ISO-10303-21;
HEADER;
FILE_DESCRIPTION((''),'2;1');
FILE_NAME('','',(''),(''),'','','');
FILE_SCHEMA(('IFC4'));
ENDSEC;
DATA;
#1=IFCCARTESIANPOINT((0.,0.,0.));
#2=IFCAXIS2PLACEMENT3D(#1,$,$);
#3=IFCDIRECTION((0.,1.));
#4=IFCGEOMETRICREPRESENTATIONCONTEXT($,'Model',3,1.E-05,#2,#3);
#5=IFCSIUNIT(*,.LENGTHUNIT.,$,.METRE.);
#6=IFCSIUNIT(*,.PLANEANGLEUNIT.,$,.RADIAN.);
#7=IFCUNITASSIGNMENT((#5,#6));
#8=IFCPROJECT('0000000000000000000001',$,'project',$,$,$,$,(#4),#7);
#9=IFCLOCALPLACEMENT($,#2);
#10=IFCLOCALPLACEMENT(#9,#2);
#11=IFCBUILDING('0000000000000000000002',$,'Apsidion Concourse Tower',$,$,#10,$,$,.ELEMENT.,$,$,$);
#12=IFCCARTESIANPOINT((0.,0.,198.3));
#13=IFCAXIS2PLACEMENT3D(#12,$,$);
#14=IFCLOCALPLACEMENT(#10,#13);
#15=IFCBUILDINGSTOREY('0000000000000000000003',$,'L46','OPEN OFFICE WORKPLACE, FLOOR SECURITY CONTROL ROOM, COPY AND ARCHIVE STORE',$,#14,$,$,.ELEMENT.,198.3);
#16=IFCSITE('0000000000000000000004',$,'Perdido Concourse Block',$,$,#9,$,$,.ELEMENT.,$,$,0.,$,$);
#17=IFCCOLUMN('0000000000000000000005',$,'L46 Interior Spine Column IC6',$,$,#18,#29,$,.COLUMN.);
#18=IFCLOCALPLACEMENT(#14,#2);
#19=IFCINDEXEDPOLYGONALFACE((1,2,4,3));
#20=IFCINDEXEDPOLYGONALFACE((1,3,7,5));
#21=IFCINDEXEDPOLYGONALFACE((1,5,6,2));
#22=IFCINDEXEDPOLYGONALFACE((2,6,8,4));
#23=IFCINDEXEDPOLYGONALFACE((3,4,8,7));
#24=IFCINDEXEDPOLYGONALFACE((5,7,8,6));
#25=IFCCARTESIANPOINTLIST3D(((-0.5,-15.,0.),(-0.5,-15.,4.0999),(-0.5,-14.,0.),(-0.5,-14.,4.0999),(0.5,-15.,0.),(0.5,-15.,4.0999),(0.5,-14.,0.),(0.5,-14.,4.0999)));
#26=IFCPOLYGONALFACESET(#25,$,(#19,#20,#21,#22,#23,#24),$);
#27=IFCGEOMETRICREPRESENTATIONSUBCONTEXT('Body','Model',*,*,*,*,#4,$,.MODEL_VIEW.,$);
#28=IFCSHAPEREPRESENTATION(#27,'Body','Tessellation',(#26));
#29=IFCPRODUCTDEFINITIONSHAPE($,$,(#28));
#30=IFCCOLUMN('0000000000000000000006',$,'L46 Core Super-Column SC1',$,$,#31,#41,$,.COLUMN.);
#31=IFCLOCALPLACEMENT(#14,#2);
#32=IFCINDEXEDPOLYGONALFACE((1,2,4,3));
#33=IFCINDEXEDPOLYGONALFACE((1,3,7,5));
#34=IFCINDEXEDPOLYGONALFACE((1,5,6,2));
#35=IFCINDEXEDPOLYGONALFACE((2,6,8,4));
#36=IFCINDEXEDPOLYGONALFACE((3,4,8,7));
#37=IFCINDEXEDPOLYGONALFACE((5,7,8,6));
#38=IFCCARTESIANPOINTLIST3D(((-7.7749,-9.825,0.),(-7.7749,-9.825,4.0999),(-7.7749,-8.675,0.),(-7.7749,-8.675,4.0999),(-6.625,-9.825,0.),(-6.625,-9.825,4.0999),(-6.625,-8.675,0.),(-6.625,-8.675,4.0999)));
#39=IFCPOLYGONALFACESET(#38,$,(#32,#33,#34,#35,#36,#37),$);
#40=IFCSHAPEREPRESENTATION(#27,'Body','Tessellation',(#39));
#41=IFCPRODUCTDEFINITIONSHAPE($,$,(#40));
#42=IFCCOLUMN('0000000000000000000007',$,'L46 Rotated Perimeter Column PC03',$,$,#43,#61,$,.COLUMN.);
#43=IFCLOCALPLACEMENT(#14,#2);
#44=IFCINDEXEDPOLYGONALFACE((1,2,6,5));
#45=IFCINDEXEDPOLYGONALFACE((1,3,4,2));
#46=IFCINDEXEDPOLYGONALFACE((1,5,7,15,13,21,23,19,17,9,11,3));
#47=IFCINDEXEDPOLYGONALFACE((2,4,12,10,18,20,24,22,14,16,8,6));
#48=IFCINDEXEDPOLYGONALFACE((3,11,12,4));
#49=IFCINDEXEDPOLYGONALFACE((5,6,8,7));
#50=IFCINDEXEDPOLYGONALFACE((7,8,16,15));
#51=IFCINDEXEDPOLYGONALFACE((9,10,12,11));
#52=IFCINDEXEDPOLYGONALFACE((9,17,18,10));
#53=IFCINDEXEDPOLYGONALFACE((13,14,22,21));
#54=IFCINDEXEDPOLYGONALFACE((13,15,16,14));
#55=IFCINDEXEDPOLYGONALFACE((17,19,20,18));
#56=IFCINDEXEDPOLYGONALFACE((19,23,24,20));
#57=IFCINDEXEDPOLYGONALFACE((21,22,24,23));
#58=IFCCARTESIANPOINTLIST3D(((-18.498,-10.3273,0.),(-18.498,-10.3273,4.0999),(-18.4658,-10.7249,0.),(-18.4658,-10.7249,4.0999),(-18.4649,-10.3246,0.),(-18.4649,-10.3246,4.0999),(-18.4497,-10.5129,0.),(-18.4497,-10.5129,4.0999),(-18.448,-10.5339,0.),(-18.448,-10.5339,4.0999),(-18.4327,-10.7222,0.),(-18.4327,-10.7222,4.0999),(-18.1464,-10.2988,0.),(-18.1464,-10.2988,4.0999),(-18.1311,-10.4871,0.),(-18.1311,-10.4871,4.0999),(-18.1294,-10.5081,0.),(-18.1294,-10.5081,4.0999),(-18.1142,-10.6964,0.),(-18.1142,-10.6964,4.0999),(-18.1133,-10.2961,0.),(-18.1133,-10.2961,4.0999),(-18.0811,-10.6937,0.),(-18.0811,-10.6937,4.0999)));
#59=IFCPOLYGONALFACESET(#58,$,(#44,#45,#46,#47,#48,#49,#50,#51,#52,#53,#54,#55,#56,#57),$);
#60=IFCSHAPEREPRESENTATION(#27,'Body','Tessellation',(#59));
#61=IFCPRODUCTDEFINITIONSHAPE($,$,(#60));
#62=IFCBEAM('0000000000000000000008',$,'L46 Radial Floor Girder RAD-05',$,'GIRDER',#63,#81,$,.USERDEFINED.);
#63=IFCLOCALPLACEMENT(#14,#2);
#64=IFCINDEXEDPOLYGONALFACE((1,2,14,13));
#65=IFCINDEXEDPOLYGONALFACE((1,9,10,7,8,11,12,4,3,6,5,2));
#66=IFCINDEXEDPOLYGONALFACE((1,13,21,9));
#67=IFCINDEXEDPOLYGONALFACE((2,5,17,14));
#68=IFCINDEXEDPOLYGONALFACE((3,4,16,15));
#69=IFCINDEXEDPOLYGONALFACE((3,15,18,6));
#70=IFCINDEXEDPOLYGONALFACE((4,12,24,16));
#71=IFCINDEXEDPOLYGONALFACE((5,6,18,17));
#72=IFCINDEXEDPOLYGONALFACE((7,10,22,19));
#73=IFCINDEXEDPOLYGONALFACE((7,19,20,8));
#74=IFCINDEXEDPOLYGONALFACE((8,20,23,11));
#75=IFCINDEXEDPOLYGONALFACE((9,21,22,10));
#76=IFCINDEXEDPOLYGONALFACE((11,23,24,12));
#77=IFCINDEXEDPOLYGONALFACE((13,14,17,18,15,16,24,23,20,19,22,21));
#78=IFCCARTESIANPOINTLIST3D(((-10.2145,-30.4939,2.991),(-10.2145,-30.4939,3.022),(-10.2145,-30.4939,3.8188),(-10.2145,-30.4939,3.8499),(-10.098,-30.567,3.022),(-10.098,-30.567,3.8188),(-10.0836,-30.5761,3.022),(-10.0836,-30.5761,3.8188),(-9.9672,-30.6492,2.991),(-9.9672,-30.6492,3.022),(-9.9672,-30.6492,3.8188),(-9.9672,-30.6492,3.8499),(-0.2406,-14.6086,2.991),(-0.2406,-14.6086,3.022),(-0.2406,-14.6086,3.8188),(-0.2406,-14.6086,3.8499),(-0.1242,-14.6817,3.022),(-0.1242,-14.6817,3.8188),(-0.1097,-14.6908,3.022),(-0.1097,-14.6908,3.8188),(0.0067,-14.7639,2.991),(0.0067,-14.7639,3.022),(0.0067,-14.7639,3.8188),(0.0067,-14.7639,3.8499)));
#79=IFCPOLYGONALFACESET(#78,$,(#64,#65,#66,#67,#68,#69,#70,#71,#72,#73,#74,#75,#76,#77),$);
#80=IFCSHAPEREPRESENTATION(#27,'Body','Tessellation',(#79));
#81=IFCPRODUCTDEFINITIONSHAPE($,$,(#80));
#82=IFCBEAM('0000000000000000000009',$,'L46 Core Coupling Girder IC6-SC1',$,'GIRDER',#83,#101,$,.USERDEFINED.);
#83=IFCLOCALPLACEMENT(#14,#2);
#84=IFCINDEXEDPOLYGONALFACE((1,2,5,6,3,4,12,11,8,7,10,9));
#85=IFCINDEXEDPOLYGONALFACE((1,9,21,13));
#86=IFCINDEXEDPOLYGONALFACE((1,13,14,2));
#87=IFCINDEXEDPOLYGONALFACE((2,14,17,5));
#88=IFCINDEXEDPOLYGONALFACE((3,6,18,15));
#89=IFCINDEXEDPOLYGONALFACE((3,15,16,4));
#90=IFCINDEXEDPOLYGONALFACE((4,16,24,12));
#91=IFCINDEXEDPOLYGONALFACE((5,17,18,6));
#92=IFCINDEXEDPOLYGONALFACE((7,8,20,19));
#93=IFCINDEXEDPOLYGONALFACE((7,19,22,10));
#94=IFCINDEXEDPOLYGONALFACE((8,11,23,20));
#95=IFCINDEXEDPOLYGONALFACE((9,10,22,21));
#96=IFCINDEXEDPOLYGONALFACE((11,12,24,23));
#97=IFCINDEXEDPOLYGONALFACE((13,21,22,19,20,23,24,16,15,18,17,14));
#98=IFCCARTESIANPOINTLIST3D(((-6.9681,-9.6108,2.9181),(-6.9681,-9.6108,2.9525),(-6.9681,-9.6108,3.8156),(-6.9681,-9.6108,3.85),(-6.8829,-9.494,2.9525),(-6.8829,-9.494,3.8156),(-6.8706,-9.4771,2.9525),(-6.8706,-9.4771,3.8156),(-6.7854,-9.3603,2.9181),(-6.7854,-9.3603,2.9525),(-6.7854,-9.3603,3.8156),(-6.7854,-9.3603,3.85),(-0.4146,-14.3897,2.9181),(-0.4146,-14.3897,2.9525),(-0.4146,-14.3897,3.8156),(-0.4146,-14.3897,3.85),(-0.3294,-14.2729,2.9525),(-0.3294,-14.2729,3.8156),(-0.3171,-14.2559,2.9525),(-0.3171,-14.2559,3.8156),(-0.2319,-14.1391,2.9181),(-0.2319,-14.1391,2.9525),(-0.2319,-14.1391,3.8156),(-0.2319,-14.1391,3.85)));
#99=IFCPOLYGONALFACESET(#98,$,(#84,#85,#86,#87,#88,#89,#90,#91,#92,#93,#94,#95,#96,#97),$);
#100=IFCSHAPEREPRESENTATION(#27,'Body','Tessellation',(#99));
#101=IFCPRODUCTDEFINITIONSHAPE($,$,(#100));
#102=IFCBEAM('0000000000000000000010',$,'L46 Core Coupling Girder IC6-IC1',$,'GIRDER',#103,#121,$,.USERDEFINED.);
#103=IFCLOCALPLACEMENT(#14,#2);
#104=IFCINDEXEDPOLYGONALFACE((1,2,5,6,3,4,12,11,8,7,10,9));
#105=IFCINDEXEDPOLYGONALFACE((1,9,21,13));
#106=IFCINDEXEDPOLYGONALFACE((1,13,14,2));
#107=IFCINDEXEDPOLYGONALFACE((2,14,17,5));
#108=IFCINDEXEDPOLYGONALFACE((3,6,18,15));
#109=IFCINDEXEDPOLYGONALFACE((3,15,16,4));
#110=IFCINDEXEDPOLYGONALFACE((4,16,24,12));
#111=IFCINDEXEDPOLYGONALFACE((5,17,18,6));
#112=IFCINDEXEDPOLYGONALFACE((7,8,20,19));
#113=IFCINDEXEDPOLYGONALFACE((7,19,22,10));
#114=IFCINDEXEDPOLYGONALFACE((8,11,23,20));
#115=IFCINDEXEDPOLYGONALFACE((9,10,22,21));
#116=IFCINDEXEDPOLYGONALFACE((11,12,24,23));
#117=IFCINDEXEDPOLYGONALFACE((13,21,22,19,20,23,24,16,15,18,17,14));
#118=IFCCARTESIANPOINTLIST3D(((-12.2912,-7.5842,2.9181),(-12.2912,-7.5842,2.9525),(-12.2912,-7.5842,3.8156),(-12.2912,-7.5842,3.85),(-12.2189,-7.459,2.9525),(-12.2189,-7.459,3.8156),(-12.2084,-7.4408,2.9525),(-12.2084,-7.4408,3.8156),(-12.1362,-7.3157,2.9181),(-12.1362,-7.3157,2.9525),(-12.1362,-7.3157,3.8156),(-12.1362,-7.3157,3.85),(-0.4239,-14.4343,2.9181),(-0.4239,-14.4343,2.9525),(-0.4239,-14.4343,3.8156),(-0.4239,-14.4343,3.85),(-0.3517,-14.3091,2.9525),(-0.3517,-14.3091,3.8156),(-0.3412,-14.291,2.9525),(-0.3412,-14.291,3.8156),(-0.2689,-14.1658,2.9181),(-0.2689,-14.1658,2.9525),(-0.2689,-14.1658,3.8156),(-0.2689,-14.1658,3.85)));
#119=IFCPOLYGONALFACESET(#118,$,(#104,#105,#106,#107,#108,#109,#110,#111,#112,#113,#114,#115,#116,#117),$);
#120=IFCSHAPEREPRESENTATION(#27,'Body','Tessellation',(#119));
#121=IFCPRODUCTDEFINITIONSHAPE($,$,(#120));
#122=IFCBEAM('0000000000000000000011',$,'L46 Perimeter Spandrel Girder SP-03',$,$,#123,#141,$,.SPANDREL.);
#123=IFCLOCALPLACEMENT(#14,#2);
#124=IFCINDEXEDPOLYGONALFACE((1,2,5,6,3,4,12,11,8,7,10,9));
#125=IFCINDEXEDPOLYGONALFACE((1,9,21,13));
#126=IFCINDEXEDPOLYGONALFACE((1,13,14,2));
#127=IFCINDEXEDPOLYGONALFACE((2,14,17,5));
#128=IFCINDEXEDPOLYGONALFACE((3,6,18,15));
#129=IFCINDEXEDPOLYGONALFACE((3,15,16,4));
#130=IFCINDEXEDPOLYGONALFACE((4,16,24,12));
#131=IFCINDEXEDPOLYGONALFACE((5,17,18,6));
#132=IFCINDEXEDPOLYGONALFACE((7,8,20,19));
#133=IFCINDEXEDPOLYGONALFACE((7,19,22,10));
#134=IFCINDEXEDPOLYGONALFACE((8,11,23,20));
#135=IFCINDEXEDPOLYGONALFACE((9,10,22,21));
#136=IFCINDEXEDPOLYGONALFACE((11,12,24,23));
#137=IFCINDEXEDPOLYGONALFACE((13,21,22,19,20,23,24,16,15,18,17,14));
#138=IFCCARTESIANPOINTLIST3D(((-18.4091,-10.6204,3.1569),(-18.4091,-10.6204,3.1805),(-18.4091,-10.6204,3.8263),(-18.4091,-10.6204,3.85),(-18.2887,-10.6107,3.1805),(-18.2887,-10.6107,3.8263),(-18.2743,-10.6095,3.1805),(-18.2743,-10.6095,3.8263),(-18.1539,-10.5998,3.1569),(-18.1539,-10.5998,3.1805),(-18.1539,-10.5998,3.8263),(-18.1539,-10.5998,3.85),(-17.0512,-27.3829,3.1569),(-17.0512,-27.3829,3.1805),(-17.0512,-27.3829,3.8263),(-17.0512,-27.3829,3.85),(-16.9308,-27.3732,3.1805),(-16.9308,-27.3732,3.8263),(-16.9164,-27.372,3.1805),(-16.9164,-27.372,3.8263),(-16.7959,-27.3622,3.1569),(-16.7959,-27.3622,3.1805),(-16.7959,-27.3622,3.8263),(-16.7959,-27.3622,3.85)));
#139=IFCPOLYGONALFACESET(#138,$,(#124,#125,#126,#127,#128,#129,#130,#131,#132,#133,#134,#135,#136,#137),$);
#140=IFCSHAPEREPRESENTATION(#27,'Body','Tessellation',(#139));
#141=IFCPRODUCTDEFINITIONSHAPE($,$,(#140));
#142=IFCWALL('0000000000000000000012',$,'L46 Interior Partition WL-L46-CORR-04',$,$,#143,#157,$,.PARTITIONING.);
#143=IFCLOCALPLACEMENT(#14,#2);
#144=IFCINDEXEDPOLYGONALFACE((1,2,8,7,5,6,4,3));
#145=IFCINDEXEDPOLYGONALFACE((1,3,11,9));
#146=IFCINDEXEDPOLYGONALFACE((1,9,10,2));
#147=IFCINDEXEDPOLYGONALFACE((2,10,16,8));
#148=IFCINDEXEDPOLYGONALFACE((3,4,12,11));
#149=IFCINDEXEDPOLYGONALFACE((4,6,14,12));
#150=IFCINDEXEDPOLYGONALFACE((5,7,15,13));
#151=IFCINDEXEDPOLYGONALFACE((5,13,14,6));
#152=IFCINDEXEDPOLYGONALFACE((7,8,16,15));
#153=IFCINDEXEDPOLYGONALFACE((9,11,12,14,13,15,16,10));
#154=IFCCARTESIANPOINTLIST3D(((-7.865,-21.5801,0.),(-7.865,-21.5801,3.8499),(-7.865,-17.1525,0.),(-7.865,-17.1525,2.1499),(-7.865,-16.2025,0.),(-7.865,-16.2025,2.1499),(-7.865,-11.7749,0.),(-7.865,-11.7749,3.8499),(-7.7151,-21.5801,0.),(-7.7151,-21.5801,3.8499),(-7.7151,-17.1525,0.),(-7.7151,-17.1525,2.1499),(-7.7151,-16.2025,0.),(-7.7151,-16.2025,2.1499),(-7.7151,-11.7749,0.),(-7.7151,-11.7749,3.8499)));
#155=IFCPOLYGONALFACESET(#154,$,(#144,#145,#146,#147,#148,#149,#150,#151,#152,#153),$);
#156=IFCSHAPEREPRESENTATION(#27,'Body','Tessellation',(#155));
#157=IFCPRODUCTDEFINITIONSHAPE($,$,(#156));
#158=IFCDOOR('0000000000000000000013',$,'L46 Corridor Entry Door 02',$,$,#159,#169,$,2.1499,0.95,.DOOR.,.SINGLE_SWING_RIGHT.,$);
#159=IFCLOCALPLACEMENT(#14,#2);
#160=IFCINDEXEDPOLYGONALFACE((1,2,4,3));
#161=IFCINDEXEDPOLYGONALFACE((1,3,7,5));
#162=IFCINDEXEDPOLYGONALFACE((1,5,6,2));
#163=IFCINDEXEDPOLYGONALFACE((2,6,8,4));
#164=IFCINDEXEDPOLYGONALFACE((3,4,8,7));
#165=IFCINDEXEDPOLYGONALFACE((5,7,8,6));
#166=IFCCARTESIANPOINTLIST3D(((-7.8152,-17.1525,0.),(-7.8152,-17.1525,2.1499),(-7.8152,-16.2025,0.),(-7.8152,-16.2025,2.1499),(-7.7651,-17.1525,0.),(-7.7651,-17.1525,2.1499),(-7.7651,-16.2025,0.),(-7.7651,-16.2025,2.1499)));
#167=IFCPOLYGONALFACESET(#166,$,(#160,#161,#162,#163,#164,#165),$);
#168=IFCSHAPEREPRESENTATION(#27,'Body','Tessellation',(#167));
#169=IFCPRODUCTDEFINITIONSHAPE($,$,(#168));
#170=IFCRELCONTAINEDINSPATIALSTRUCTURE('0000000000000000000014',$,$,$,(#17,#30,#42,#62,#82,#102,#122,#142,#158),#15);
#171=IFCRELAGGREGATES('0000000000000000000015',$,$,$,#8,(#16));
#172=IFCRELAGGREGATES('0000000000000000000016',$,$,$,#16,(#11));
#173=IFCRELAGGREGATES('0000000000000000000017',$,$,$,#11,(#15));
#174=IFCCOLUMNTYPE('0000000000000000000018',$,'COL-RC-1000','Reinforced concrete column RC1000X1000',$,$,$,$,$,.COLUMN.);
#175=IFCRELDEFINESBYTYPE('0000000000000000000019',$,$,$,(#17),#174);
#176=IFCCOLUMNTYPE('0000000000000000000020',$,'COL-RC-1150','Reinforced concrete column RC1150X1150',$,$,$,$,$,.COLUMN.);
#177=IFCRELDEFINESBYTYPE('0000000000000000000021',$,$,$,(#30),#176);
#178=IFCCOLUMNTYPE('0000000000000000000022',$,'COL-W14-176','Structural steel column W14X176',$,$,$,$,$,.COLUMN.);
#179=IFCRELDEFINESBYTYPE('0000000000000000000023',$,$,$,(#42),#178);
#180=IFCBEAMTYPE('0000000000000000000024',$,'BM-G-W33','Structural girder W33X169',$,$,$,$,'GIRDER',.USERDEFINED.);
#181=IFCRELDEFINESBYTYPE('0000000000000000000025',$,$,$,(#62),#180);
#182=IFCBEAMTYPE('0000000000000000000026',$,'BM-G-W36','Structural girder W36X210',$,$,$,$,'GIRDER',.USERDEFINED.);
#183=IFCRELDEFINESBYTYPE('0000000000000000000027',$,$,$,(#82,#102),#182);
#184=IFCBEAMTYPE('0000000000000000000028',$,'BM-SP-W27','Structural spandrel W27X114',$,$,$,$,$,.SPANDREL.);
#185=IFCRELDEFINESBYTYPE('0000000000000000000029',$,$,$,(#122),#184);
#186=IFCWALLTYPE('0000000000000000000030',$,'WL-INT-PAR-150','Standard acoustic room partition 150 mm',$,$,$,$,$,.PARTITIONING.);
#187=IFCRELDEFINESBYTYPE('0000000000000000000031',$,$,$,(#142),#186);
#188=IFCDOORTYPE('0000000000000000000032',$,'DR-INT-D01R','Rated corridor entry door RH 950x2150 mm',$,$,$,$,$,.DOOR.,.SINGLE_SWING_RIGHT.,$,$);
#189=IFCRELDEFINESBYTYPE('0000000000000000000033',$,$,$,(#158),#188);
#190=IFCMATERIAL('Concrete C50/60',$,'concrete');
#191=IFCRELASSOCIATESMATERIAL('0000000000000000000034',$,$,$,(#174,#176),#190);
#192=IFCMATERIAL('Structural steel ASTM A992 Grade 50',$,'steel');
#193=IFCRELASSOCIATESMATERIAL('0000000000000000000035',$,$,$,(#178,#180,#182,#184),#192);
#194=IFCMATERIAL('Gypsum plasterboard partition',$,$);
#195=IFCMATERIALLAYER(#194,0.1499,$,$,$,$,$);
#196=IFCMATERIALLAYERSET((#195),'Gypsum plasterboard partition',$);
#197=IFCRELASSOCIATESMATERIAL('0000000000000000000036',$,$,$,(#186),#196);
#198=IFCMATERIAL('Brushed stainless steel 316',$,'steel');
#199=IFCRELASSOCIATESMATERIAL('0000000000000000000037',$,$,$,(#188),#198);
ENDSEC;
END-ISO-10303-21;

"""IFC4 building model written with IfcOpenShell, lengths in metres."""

from ifc_helpers import new_model, si_unit, direction, frame, frame_2d, origin, origin_2d, place, context, subcontext, project, spatial, rectangle, i_section, extrude, material, layer, layer_set, material_profile, profile_set, type_object, element, fill, save


model = new_model("IFC4")

# Units and contexts
model_context = context("Model", 3, precision=1e-05, world=origin(), true_north=direction((0.0, 1.0)))
body_context = subcontext(model_context, "Body", "Model", "MODEL_VIEW")
ifc_project = project(units=[si_unit("LENGTHUNIT", "METRE"), si_unit("PLANEANGLEUNIT", "RADIAN")], contexts=[model_context])

# Site, building, storey
site_placement = place(None, origin())
site = spatial("IfcSite", under=ifc_project, at=site_placement, Name="Perdido Concourse Block", CompositionType="ELEMENT", RefElevation=0.0)
building_placement = place(site_placement, origin())
building = spatial("IfcBuilding", under=site, at=building_placement, Name="Apsidion Concourse Tower", CompositionType="ELEMENT")
storey_placement = place(building_placement, frame((0.0, 0.0, 198.3)))
storey = spatial("IfcBuildingStorey", under=building, at=storey_placement, Name="L46", Description="OPEN OFFICE WORKPLACE, FLOOR SECURITY CONTROL ROOM, COPY AND ARCHIVE STORE", CompositionType="ELEMENT", Elevation=198.3)

# Columns
ifc_material_1 = material(Name="Concrete C50/60", Category="concrete")
ifc_material_profile_1 = material_profile(ifc_material_1, rectangle(XDim=1.0, YDim=1.0, at=origin_2d()), Name="RC 1000x1000")
ifc_profile_set_1 = profile_set([ifc_material_profile_1], Name="Concrete C50/60")
column_type_1 = type_object("IfcColumnType", Name="COL-RC-1000", Description="Reinforced concrete column RC1000X1000", PredefinedType="COLUMN", material=ifc_profile_set_1)
column_1_placement = place(storey_placement, frame((0.0, -14.5, 0.0), z_axis=(0.0, 0.0, 1.0), x_axis=(1.0, 0.0, 0.0)))
element("IfcColumn", 1, at=column_1_placement, inside=storey, type_object=column_type_1, Name="L46 Interior Spine Column IC6", PredefinedType="COLUMN", context=body_context, shape_type="SweptSolid", body=[
    extrude(rectangle(XDim=1.0, YDim=1.0, at=origin_2d()), origin(), (0.0, 0.0, 1.0), 4.0999),
])
ifc_material_profile_2 = material_profile(ifc_material_1, rectangle(XDim=1.1499, YDim=1.1499, at=origin_2d()), Name="RC 1150x1150")
ifc_profile_set_2 = profile_set([ifc_material_profile_2], Name="Concrete C50/60")
column_type_2 = type_object("IfcColumnType", Name="COL-RC-1150", Description="Reinforced concrete column RC1150X1150", PredefinedType="COLUMN", material=ifc_profile_set_2)
column_2_placement = place(storey_placement, frame((-7.2, -9.25, 0.0), z_axis=(0.0, 0.0, 1.0), x_axis=(1.0, 0.0, 0.0)))
element("IfcColumn", 2, at=column_2_placement, inside=storey, type_object=column_type_2, Name="L46 Core Super-Column SC1", PredefinedType="COLUMN", context=body_context, shape_type="SweptSolid", body=[
    extrude(rectangle(XDim=1.1499, YDim=1.1499, at=origin_2d()), origin(), (0.0, 0.0, 1.0), 4.0999),
])
ifc_material_2 = material(Name="Structural steel ASTM A992 Grade 50", Category="steel")
ifc_material_profile_3 = material_profile(ifc_material_2, i_section(OverallWidth=0.3989, OverallDepth=0.386, WebThickness=0.021, FlangeThickness=0.0332, at=origin_2d()), Name="W14X176")
ifc_profile_set_3 = profile_set([ifc_material_profile_3], Name="Structural steel ASTM A992 Grade 50")
column_type_3 = type_object("IfcColumnType", Name="COL-W14-176", Description="Structural steel column W14X176", PredefinedType="COLUMN", material=ifc_profile_set_3)
column_3_placement = place(storey_placement, frame((-18.2896, -10.5105, 0.0), z_axis=(0.0, 0.0, 1.0), x_axis=(-0.080721, 0.996737, 0.0)))
element("IfcColumn", 3, at=column_3_placement, inside=storey, type_object=column_type_3, Name="L46 Rotated Perimeter Column PC03", PredefinedType="COLUMN", context=body_context, shape_type="SweptSolid", body=[
    extrude(i_section(OverallWidth=0.3989, OverallDepth=0.386, WebThickness=0.021, FlangeThickness=0.0332, at=origin_2d()), origin(), (0.0, 0.0, 1.0), 4.0999),
])

# Beams
ifc_material_profile_4 = material_profile(ifc_material_2, i_section(OverallWidth=0.292, OverallDepth=0.8589, WebThickness=0.0171, FlangeThickness=0.031, at=origin_2d()), Name="W33X169")
ifc_profile_set_4 = profile_set([ifc_material_profile_4], Name="Structural steel ASTM A992 Grade 50")
beam_type_1 = type_object("IfcBeamType", Name="BM-G-W33", Description="Structural girder W33X169", ElementType="GIRDER", PredefinedType="USERDEFINED", material=ifc_profile_set_4)
beam_1_placement = place(storey_placement, frame((-0.1169, -14.6863, 3.4204), z_axis=(-0.531746, -0.846904, 0.0), x_axis=(0.846904, -0.531746, 0.0)))
element("IfcBeam", 4, at=beam_1_placement, inside=storey, type_object=beam_type_1, Name="L46 Radial Floor Girder RAD-05", ObjectType="GIRDER", PredefinedType="USERDEFINED", context=body_context, shape_type="SweptSolid", body=[
    extrude(i_section(OverallWidth=0.292, OverallDepth=0.8589, WebThickness=0.0171, FlangeThickness=0.031, at=origin_2d()), origin(), (0.0, 0.0, 1.0), 18.7568),
])
ifc_material_profile_5 = material_profile(ifc_material_2, i_section(OverallWidth=0.3101, OverallDepth=0.9319, WebThickness=0.021, FlangeThickness=0.0344, at=origin_2d()), Name="W36X210")
ifc_profile_set_5 = profile_set([ifc_material_profile_5], Name="Structural steel ASTM A992 Grade 50")
beam_type_2 = type_object("IfcBeamType", Name="BM-G-W36", Description="Structural girder W36X210", ElementType="GIRDER", PredefinedType="USERDEFINED", material=ifc_profile_set_5)
beam_2_placement = place(storey_placement, frame((-0.3232, -14.2644, 3.384), z_axis=(-0.807993, 0.589191, 0.0), x_axis=(-0.589191, -0.807993, 0.0)))
element("IfcBeam", 5, at=beam_2_placement, inside=storey, type_object=beam_type_2, Name="L46 Core Coupling Girder IC6-SC1", ObjectType="GIRDER", PredefinedType="USERDEFINED", context=body_context, shape_type="SweptSolid", body=[
    extrude(i_section(OverallWidth=0.3101, OverallDepth=0.9319, WebThickness=0.021, FlangeThickness=0.0344, at=origin_2d()), origin(), (0.0, 0.0, 1.0), 8.1108),
])
beam_3_placement = place(storey_placement, frame((-0.3464, -14.3, 3.384), z_axis=(-0.86607, 0.499922, 0.0), x_axis=(-0.499922, -0.86607, 0.0)))
element("IfcBeam", 6, at=beam_3_placement, inside=storey, type_object=beam_type_2, Name="L46 Core Coupling Girder IC6-IC1", ObjectType="GIRDER", PredefinedType="USERDEFINED", context=body_context, shape_type="SweptSolid", body=[
    extrude(i_section(OverallWidth=0.3101, OverallDepth=0.9319, WebThickness=0.021, FlangeThickness=0.0344, at=origin_2d()), origin(), (0.0, 0.0, 1.0), 13.7024),
])
ifc_material_profile_6 = material_profile(ifc_material_2, i_section(OverallWidth=0.2561, OverallDepth=0.6931, WebThickness=0.0144, FlangeThickness=0.0237, at=origin_2d()), Name="W27X114")
ifc_profile_set_6 = profile_set([ifc_material_profile_6], Name="Structural steel ASTM A992 Grade 50")
beam_type_3 = type_object("IfcBeamType", Name="BM-SP-W27", Description="Structural spandrel W27X114", PredefinedType="SPANDREL", material=ifc_profile_set_6)
beam_4_placement = place(storey_placement, frame((-18.2815, -10.6101, 3.5034), z_axis=(0.080745, -0.996735, 0.0), x_axis=(0.996735, 0.080745, 0.0)))
element("IfcBeam", 7, at=beam_4_placement, inside=storey, type_object=beam_type_3, Name="L46 Perimeter Spandrel Girder SP-03", PredefinedType="SPANDREL", context=body_context, shape_type="SweptSolid", body=[
    extrude(i_section(OverallWidth=0.2561, OverallDepth=0.6931, WebThickness=0.0144, FlangeThickness=0.0237, at=origin_2d()), origin(), (0.0, 0.0, 1.0), 16.8174),
])

# Wall, opening, door
ifc_material_3 = material(Name="Gypsum plasterboard partition")
ifc_layer_1 = layer(ifc_material_3, 0.1499)
ifc_layer_set_1 = layer_set([ifc_layer_1], Name="Gypsum plasterboard partition")
wall_type_1 = type_object("IfcWallType", Name="WL-INT-PAR-150", Description="Standard acoustic room partition 150 mm", PredefinedType="PARTITIONING", material=ifc_layer_set_1)
wall_1_placement = place(storey_placement, frame((-7.79, -11.7749, 0.0), z_axis=(0.0, 0.0, 1.0), x_axis=(0.0, -1.0, 0.0)))
wall_1 = element("IfcWall", 8, at=wall_1_placement, inside=storey, type_object=wall_type_1, Name="L46 Interior Partition WL-L46-CORR-04", PredefinedType="PARTITIONING", context=body_context, shape_type="SweptSolid", body=[
    extrude(rectangle(XDim=9.8052, YDim=0.1499, at=frame_2d((4.9026, 0.0))), origin(), (0.0, 0.0, 1.0), 3.8499),
])
opening_1_placement = place(wall_1_placement, frame((4.4275, 0.0, 0.0)))
opening_1 = element("IfcOpeningElement", 9, at=opening_1_placement, cuts=wall_1, PredefinedType="OPENING", context=body_context, shape_type="SweptSolid", body=[
    extrude(rectangle(XDim=0.95, YDim=2.1499, at=frame_2d((0.4751, 1.075))), frame((0.0, 0.085, 0.0), z_axis=(0.0, -1.0, 0.0), x_axis=(1.0, 0.0, 0.0)), (0.0, 0.0, 1.0), 0.1699),
])
ifc_material_4 = material(Name="Brushed stainless steel 316", Category="steel")
door_type_1 = type_object("IfcDoorType", Name="DR-INT-D01R", Description="Rated corridor entry door RH 950x2150 mm", OperationType="SINGLE_SWING_RIGHT", PredefinedType="DOOR", material=ifc_material_4)
door_1_placement = place(opening_1_placement, origin())
door_1 = element("IfcDoor", 10, at=door_1_placement, inside=storey, type_object=door_type_1, Name="L46 Corridor Entry Door 02", OperationType="SINGLE_SWING_RIGHT", OverallHeight=2.1499, OverallWidth=0.95, PredefinedType="DOOR", context=body_context, shape_type="SweptSolid", body=[
    extrude(rectangle(XDim=0.95, YDim=2.1499, at=frame_2d((0.4751, 1.075))), frame((0.0, 0.0249, 0.0), z_axis=(0.0, -1.0, 0.0), x_axis=(1.0, 0.0, 0.0)), (0.0, 0.0, 1.0), 0.05),
])
fill(opening_1, door_1)

save(model, "model.ifc")
